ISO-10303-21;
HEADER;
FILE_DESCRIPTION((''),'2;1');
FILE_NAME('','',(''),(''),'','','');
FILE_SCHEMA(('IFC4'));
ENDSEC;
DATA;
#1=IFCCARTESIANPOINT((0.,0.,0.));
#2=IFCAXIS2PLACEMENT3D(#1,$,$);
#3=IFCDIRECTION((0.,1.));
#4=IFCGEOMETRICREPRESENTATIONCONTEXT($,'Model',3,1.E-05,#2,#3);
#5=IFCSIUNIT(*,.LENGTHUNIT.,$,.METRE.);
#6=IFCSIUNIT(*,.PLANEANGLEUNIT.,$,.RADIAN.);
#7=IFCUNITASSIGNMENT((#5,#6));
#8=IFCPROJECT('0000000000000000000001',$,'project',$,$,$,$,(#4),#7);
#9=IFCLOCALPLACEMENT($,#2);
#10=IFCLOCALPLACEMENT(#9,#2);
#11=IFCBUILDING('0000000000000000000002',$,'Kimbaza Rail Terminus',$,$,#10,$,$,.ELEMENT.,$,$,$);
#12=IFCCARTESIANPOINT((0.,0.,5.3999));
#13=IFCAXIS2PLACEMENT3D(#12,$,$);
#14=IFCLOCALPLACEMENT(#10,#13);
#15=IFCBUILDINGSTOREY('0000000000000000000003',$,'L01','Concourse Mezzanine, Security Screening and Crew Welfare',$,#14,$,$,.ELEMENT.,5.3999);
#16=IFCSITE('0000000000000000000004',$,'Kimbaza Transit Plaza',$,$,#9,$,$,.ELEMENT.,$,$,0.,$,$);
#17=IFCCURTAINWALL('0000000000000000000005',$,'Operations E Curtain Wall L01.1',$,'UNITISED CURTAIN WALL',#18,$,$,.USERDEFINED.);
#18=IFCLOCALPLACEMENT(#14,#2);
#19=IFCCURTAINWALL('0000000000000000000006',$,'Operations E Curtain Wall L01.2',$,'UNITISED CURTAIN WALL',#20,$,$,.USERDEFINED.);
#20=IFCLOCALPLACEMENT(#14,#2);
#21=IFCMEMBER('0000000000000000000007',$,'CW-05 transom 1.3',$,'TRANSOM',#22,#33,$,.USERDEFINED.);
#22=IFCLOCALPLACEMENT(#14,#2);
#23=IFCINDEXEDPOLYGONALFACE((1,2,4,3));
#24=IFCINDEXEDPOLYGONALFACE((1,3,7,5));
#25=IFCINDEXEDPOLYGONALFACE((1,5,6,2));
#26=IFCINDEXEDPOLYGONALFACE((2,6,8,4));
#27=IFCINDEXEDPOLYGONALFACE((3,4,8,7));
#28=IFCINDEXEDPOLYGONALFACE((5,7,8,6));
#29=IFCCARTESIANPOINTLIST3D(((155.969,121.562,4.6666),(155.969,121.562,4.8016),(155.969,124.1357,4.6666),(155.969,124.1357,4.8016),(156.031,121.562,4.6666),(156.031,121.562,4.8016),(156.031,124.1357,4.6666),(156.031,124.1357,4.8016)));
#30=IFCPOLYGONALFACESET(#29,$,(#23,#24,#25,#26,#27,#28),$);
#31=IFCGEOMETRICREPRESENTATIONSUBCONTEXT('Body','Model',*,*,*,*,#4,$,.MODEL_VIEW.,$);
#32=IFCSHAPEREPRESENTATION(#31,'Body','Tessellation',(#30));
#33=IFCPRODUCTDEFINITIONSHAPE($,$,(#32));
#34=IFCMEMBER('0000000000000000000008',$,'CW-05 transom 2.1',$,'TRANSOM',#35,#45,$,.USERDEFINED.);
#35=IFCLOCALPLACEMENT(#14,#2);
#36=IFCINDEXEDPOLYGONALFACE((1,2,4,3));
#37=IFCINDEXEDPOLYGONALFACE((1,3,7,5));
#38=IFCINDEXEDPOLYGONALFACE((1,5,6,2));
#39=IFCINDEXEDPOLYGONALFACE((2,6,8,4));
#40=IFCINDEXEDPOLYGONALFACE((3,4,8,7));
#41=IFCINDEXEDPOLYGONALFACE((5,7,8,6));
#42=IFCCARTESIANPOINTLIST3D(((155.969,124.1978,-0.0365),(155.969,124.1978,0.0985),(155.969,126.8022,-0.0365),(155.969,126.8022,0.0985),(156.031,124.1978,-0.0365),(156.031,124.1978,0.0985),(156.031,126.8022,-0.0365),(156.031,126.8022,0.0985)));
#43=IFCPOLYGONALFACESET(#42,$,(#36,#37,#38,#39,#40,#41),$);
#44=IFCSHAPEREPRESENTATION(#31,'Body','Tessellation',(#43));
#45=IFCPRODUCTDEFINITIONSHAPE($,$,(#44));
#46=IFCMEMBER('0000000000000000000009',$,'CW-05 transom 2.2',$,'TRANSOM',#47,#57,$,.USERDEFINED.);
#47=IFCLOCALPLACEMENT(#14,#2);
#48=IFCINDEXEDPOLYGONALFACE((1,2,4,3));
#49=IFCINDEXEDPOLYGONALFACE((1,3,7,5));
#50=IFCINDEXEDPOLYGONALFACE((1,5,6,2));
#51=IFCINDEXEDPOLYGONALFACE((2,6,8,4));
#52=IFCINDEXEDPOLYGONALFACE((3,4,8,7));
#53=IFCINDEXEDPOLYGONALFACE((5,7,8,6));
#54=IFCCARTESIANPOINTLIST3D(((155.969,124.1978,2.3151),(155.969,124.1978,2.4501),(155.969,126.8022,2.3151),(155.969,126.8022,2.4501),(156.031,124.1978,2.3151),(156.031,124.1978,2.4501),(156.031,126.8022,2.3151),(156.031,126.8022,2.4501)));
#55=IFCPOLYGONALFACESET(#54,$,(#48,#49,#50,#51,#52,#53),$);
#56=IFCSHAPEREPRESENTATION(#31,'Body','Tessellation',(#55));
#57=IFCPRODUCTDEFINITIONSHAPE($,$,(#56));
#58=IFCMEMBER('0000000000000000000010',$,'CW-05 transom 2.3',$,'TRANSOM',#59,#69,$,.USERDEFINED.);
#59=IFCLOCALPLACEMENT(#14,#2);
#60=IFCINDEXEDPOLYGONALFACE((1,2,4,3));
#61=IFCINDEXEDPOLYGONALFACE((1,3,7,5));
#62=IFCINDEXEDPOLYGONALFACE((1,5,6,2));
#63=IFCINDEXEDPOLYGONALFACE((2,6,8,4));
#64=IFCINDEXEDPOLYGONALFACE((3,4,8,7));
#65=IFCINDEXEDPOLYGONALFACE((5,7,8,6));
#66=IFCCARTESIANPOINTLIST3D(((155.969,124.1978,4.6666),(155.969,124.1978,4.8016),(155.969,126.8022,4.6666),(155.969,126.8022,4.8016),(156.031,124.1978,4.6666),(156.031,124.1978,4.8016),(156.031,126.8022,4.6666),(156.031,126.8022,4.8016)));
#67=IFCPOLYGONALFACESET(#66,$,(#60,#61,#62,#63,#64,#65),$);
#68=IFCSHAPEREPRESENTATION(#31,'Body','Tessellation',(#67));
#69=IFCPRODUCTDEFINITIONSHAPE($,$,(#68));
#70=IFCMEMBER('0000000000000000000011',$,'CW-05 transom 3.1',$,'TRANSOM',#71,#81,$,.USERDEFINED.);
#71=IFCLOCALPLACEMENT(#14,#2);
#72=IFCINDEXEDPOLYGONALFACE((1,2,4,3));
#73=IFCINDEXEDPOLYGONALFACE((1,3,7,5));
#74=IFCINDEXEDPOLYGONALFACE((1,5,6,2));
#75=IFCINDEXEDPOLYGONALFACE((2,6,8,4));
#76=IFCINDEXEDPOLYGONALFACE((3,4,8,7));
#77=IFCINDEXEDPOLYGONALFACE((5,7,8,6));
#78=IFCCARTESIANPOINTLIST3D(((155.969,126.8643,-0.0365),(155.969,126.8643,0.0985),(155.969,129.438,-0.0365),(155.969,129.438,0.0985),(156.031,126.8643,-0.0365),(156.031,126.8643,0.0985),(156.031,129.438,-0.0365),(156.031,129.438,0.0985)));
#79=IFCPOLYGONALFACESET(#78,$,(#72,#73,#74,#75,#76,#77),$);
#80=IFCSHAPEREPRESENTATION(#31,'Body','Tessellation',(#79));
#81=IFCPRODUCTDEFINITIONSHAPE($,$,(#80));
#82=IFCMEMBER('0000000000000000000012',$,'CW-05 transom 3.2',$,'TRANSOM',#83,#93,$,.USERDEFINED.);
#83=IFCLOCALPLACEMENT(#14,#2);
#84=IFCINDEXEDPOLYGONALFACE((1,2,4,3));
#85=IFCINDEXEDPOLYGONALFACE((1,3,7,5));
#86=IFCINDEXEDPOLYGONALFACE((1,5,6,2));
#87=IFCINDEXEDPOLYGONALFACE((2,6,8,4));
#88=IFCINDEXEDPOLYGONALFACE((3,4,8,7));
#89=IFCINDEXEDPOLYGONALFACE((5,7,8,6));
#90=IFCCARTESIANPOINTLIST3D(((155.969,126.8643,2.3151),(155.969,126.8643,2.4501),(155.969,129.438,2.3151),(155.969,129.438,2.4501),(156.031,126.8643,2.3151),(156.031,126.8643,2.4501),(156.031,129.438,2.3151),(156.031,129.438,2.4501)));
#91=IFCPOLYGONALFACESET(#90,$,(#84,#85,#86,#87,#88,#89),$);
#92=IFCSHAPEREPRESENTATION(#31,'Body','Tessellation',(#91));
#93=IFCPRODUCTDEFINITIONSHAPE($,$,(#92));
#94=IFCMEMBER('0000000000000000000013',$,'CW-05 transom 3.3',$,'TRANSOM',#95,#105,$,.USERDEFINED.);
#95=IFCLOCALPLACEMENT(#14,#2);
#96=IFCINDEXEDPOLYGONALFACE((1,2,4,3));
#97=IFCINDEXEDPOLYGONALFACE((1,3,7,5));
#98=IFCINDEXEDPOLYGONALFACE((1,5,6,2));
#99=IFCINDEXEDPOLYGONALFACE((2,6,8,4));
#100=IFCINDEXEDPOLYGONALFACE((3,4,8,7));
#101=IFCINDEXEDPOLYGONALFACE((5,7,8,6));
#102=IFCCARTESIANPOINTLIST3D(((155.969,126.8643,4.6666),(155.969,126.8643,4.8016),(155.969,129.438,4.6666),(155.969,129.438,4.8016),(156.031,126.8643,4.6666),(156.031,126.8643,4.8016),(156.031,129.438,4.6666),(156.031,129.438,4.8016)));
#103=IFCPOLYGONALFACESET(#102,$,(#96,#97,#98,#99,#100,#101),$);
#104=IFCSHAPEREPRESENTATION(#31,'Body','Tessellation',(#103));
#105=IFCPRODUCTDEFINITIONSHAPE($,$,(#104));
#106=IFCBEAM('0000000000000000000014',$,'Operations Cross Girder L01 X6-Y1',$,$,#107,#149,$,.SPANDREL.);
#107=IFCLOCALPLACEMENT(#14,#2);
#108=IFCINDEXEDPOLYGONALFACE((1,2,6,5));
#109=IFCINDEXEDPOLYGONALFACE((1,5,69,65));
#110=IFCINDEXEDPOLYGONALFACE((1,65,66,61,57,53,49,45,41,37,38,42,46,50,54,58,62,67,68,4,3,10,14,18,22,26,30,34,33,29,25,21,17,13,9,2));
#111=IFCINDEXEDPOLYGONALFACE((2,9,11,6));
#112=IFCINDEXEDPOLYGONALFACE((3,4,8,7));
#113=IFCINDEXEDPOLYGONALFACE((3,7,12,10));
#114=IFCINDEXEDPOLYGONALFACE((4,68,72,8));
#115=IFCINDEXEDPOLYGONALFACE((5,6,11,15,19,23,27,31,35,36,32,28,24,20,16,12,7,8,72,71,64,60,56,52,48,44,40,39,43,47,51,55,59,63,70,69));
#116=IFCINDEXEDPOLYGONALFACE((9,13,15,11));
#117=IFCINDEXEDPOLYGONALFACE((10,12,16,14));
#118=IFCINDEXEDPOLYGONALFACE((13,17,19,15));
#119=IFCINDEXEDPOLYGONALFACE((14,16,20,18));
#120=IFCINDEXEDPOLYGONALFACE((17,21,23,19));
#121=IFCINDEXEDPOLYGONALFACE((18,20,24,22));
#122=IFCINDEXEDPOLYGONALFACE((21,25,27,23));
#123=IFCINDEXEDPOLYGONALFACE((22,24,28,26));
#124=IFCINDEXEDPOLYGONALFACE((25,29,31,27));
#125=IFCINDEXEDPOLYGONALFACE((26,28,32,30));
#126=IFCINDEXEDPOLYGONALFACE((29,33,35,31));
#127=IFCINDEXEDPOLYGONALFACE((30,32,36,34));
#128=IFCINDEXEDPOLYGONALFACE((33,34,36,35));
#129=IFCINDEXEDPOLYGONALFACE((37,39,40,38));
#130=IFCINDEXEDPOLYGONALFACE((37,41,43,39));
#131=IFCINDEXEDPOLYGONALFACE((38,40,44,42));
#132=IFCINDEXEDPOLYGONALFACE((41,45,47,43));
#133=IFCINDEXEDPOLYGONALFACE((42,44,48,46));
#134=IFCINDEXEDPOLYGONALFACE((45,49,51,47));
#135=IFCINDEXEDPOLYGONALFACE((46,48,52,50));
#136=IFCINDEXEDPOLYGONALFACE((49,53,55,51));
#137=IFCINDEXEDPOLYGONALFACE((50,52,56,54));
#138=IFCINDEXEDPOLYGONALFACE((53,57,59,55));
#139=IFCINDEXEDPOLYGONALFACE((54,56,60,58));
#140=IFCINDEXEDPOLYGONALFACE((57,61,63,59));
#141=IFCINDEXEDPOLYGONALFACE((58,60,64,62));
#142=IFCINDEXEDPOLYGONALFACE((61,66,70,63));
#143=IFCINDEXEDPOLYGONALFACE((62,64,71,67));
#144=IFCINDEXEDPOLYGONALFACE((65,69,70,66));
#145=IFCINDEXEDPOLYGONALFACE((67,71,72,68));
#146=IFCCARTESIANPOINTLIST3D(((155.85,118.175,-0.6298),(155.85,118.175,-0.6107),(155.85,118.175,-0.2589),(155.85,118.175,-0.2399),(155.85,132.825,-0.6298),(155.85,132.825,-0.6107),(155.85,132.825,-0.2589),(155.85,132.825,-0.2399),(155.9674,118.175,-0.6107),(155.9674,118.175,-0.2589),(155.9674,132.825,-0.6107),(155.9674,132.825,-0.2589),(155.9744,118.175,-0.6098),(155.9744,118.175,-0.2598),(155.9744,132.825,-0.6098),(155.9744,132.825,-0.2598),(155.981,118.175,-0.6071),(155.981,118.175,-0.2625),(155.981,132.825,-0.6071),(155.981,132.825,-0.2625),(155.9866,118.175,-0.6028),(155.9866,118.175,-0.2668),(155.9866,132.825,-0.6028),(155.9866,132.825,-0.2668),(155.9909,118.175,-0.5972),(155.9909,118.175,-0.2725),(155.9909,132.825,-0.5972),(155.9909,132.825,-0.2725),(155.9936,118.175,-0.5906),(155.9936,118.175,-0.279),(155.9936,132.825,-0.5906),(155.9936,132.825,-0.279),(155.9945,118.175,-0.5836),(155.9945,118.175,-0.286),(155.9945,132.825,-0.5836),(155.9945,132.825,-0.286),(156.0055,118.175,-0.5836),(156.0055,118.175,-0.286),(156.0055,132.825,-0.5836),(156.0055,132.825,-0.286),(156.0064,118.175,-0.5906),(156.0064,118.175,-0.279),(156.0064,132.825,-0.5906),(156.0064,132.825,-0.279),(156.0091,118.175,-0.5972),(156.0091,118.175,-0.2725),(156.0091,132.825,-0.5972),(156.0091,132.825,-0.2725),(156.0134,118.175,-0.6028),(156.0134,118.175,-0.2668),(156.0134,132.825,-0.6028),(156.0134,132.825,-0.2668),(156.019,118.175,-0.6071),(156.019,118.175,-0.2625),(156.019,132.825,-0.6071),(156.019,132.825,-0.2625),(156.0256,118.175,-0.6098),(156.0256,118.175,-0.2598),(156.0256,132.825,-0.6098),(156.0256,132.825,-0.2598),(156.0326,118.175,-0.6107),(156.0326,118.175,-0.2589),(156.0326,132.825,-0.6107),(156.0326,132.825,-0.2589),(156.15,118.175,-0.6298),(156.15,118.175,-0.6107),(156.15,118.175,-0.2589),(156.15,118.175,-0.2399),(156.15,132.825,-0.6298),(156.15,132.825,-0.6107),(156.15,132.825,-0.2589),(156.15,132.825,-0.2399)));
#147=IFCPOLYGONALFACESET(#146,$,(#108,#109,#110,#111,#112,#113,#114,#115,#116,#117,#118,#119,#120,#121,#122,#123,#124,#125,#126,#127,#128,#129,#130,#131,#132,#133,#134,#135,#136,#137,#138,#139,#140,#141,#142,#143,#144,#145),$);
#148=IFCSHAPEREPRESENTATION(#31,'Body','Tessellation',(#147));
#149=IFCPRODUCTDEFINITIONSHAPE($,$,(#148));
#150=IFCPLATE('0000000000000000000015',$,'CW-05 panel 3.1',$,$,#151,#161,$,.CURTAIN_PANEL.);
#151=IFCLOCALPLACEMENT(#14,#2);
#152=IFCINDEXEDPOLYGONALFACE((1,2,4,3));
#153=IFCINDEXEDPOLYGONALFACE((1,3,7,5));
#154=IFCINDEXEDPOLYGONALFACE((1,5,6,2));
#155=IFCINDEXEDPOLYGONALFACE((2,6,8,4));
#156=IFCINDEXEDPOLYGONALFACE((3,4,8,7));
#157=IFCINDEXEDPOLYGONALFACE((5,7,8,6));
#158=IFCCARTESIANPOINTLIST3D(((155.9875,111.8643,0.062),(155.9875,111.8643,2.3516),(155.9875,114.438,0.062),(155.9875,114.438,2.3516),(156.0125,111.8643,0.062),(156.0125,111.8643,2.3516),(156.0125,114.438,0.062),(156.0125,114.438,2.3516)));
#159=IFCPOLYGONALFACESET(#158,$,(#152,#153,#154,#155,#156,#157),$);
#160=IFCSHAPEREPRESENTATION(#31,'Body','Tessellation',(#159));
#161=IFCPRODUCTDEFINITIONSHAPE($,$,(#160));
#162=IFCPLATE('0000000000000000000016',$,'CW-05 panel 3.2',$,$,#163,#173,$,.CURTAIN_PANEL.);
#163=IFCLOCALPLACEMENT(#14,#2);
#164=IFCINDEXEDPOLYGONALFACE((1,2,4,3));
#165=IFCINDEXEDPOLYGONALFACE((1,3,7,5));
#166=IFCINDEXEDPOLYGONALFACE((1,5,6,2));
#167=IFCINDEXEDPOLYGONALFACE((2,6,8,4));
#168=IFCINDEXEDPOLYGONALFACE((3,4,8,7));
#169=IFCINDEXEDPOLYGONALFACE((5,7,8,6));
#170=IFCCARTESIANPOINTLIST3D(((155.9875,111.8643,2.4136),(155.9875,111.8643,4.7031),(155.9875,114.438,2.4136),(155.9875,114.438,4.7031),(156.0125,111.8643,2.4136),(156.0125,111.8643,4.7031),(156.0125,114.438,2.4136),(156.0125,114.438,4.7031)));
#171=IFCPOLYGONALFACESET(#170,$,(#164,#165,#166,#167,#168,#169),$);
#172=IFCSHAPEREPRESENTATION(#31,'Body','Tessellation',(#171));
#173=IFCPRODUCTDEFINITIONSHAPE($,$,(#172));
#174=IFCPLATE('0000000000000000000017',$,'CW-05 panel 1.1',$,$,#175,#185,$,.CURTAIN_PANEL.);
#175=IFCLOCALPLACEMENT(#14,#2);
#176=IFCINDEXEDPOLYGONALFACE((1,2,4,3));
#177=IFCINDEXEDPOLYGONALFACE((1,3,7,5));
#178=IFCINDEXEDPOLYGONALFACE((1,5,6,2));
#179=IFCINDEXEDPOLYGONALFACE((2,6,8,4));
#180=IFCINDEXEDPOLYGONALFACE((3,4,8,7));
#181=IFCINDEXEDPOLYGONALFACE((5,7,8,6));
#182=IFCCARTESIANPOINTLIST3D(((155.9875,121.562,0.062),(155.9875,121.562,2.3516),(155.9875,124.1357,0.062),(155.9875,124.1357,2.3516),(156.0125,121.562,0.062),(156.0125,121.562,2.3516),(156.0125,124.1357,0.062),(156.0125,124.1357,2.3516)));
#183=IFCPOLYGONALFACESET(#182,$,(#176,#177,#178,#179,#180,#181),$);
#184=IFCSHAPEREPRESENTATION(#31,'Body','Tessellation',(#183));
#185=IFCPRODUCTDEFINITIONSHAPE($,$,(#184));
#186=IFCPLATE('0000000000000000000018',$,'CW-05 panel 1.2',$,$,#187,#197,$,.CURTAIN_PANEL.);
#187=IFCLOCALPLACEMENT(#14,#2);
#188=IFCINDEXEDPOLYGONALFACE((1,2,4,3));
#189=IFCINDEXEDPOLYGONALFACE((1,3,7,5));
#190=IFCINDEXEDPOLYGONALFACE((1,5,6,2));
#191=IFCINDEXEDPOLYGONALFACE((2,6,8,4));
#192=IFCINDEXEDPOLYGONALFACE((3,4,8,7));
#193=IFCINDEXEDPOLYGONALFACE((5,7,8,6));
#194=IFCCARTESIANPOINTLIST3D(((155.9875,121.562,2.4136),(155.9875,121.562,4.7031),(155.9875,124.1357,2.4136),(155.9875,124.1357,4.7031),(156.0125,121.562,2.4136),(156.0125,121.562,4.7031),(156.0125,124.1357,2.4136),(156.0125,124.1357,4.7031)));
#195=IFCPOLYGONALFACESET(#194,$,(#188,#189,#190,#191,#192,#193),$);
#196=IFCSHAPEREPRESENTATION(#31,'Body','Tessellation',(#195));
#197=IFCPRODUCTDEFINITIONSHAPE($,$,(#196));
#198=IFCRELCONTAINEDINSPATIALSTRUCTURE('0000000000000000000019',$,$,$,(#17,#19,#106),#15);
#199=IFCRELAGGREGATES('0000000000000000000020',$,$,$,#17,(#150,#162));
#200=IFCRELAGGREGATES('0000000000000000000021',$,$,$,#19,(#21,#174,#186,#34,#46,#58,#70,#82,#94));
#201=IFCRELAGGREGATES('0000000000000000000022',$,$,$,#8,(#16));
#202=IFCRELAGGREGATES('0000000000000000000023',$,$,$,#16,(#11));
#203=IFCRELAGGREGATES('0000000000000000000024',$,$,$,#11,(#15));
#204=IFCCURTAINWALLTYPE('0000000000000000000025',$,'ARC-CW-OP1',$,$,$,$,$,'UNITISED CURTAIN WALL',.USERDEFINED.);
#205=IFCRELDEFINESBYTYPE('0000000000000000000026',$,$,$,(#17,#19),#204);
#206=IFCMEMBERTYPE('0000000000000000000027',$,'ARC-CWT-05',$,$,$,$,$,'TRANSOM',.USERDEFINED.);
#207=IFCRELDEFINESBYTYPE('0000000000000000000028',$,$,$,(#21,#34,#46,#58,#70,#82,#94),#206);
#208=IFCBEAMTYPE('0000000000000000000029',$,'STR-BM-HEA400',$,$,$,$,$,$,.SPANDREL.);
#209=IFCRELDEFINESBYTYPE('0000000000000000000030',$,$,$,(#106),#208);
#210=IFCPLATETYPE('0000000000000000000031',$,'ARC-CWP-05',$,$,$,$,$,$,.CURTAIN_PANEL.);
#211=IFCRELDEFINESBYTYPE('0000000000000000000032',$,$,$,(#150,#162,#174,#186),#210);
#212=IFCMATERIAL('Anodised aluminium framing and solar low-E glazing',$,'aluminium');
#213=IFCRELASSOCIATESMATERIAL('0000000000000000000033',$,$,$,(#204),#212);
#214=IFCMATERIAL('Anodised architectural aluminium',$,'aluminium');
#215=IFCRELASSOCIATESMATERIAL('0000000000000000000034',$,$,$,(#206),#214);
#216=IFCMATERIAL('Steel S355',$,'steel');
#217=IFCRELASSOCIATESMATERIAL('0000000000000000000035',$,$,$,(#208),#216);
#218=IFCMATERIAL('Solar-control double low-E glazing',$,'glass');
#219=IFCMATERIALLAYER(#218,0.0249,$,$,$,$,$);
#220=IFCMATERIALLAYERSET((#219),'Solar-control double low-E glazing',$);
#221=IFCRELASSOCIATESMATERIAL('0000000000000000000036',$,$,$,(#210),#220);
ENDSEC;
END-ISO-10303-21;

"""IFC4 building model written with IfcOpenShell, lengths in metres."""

from ifc_helpers import new_model, si_unit, direction, frame, origin, origin_2d, place, context, subcontext, project, spatial, rectangle, i_section, extrude, material, layer, layer_set, material_profile, profile_set, type_object, element, aggregate, save


model = new_model("IFC4")

# Units and contexts
model_context = context("Model", 3, precision=1e-05, world=origin(), true_north=direction((0.0, 1.0)))
body_context = subcontext(model_context, "Body", "Model", "MODEL_VIEW")
ifc_project = project(units=[si_unit("LENGTHUNIT", "METRE"), si_unit("PLANEANGLEUNIT", "RADIAN")], contexts=[model_context])

# Site, building, storey
site_placement = place(None, origin())
site = spatial("IfcSite", under=ifc_project, at=site_placement, Name="Kimbaza Transit Plaza", CompositionType="ELEMENT", RefElevation=0.0)
building_placement = place(site_placement, origin())
building = spatial("IfcBuilding", under=site, at=building_placement, Name="Kimbaza Rail Terminus", CompositionType="ELEMENT")
storey_placement = place(building_placement, frame((0.0, 0.0, 5.3999)))
storey = spatial("IfcBuildingStorey", under=building, at=storey_placement, Name="L01", Description="Concourse Mezzanine, Security Screening and Crew Welfare", CompositionType="ELEMENT", Elevation=5.3999)

# Curtain wall
ifc_material_1 = material(Name="Anodised aluminium framing and solar low-E glazing", Category="aluminium")
curtain_wall_type = type_object("IfcCurtainWallType", Name="ARC-CW-OP1", ElementType="UNITISED CURTAIN WALL", PredefinedType="USERDEFINED", material=ifc_material_1)
curtain_wall_1_placement = place(storey_placement, origin())
curtain_wall_1 = element("IfcCurtainWall", 1, at=curtain_wall_1_placement, inside=storey, type_object=curtain_wall_type, Name="Operations E Curtain Wall L01.1", ObjectType="UNITISED CURTAIN WALL", PredefinedType="USERDEFINED")

# Curtain wall, members
curtain_wall_2_placement = place(storey_placement, origin())
curtain_wall_2 = element("IfcCurtainWall", 2, at=curtain_wall_2_placement, inside=storey, type_object=curtain_wall_type, Name="Operations E Curtain Wall L01.2", ObjectType="UNITISED CURTAIN WALL", PredefinedType="USERDEFINED")
ifc_material_2 = material(Name="Anodised architectural aluminium", Category="aluminium")
ifc_material_profile_1 = material_profile(ifc_material_2, rectangle(XDim=0.062, YDim=0.135, at=origin_2d()), Name="TRANSOM 62x135")
ifc_profile_set_1 = profile_set([ifc_material_profile_1], Name="Anodised architectural aluminium")
member_type_1 = type_object("IfcMemberType", Name="ARC-CWT-05", ElementType="TRANSOM", PredefinedType="USERDEFINED", material=ifc_profile_set_1)
member_1_placement = place(storey_placement, frame((156.0, 121.562, 4.7341), z_axis=(0.0, 1.0, 0.0), x_axis=(-1.0, 0.0, 0.0)))
member_1 = element("IfcMember", 3, at=member_1_placement, type_object=member_type_1, Name="CW-05 transom 1.3", ObjectType="TRANSOM", PredefinedType="USERDEFINED", context=body_context, shape_type="SweptSolid", body=[
    extrude(rectangle(XDim=0.062, YDim=0.135, at=origin_2d()), origin(), (0.0, 0.0, 1.0), 2.5737),
])
member_2_placement = place(storey_placement, frame((156.0, 124.1978, 0.031), z_axis=(0.0, 1.0, 0.0), x_axis=(-1.0, 0.0, 0.0)))
member_2 = element("IfcMember", 4, at=member_2_placement, type_object=member_type_1, Name="CW-05 transom 2.1", ObjectType="TRANSOM", PredefinedType="USERDEFINED", context=body_context, shape_type="SweptSolid", body=[
    extrude(rectangle(XDim=0.062, YDim=0.135, at=origin_2d()), origin(), (0.0, 0.0, 1.0), 2.6045),
])
member_3_placement = place(storey_placement, frame((156.0, 124.1978, 2.3826), z_axis=(0.0, 1.0, 0.0), x_axis=(-1.0, 0.0, 0.0)))
member_3 = element("IfcMember", 5, at=member_3_placement, type_object=member_type_1, Name="CW-05 transom 2.2", ObjectType="TRANSOM", PredefinedType="USERDEFINED", context=body_context, shape_type="SweptSolid", body=[
    extrude(rectangle(XDim=0.062, YDim=0.135, at=origin_2d()), origin(), (0.0, 0.0, 1.0), 2.6045),
])
member_4_placement = place(storey_placement, frame((156.0, 124.1978, 4.7341), z_axis=(0.0, 1.0, 0.0), x_axis=(-1.0, 0.0, 0.0)))
member_4 = element("IfcMember", 6, at=member_4_placement, type_object=member_type_1, Name="CW-05 transom 2.3", ObjectType="TRANSOM", PredefinedType="USERDEFINED", context=body_context, shape_type="SweptSolid", body=[
    extrude(rectangle(XDim=0.062, YDim=0.135, at=origin_2d()), origin(), (0.0, 0.0, 1.0), 2.6045),
])
member_5_placement = place(storey_placement, frame((156.0, 126.8643, 0.031), z_axis=(0.0, 1.0, 0.0), x_axis=(-1.0, 0.0, 0.0)))
member_5 = element("IfcMember", 7, at=member_5_placement, type_object=member_type_1, Name="CW-05 transom 3.1", ObjectType="TRANSOM", PredefinedType="USERDEFINED", context=body_context, shape_type="SweptSolid", body=[
    extrude(rectangle(XDim=0.062, YDim=0.135, at=origin_2d()), origin(), (0.0, 0.0, 1.0), 2.5737),
])
member_6_placement = place(storey_placement, frame((156.0, 126.8643, 2.3826), z_axis=(0.0, 1.0, 0.0), x_axis=(-1.0, 0.0, 0.0)))
member_6 = element("IfcMember", 8, at=member_6_placement, type_object=member_type_1, Name="CW-05 transom 3.2", ObjectType="TRANSOM", PredefinedType="USERDEFINED", context=body_context, shape_type="SweptSolid", body=[
    extrude(rectangle(XDim=0.062, YDim=0.135, at=origin_2d()), origin(), (0.0, 0.0, 1.0), 2.5737),
])
member_7_placement = place(storey_placement, frame((156.0, 126.8643, 4.7341), z_axis=(0.0, 1.0, 0.0), x_axis=(-1.0, 0.0, 0.0)))
member_7 = element("IfcMember", 9, at=member_7_placement, type_object=member_type_1, Name="CW-05 transom 3.3", ObjectType="TRANSOM", PredefinedType="USERDEFINED", context=body_context, shape_type="SweptSolid", body=[
    extrude(rectangle(XDim=0.062, YDim=0.135, at=origin_2d()), origin(), (0.0, 0.0, 1.0), 2.5737),
])

# Beam
ifc_material_3 = material(Name="Steel S355", Category="steel")
ifc_material_profile_2 = material_profile(ifc_material_3, i_section(OverallWidth=0.3, OverallDepth=0.3899, WebThickness=0.011, FlangeThickness=0.019, FilletRadius=0.0271, at=origin_2d()), Name="HEA 400")
ifc_profile_set_2 = profile_set([ifc_material_profile_2], Name="Steel S355")
beam_type = type_object("IfcBeamType", Name="STR-BM-HEA400", PredefinedType="SPANDREL", material=ifc_profile_set_2)
beam_placement = place(storey_placement, frame((156.0, 118.175, -0.4348), z_axis=(0.0, 1.0, 0.0), x_axis=(-1.0, 0.0, 0.0)))
element("IfcBeam", 10, at=beam_placement, inside=storey, type_object=beam_type, Name="Operations Cross Girder L01 X6-Y1", PredefinedType="SPANDREL", context=body_context, shape_type="SweptSolid", body=[
    extrude(i_section(OverallWidth=0.3, OverallDepth=0.3899, WebThickness=0.011, FlangeThickness=0.019, FilletRadius=0.0271, at=origin_2d()), origin(), (0.0, 0.0, 1.0), 14.6499),
])

# Plates
ifc_material_4 = material(Name="Solar-control double low-E glazing", Category="glass")
ifc_layer_1 = layer(ifc_material_4, 0.0249)
ifc_layer_set_1 = layer_set([ifc_layer_1], Name="Solar-control double low-E glazing")
plate_type = type_object("IfcPlateType", Name="ARC-CWP-05", PredefinedType="CURTAIN_PANEL", material=ifc_layer_set_1)
plate_1_placement = place(storey_placement, frame((156.0, 113.1511, 0.062), z_axis=(0.0, 0.0, 1.0), x_axis=(0.0, 1.0, 0.0)))
plate_1 = element("IfcPlate", 11, at=plate_1_placement, type_object=plate_type, Name="CW-05 panel 3.1", PredefinedType="CURTAIN_PANEL", context=body_context, shape_type="SweptSolid", body=[
    extrude(rectangle(XDim=2.5737, YDim=0.0249, at=origin_2d()), origin(), (0.0, 0.0, 1.0), 2.2896),
])
plate_2_placement = place(storey_placement, frame((156.0, 113.1511, 2.4136), z_axis=(0.0, 0.0, 1.0), x_axis=(0.0, 1.0, 0.0)))
plate_2 = element("IfcPlate", 12, at=plate_2_placement, type_object=plate_type, Name="CW-05 panel 3.2", PredefinedType="CURTAIN_PANEL", context=body_context, shape_type="SweptSolid", body=[
    extrude(rectangle(XDim=2.5737, YDim=0.0249, at=origin_2d()), origin(), (0.0, 0.0, 1.0), 2.2896),
])
aggregate(curtain_wall_1, [plate_1, plate_2])
plate_3_placement = place(storey_placement, frame((156.0, 122.8489, 0.062), z_axis=(0.0, 0.0, 1.0), x_axis=(0.0, 1.0, 0.0)))
plate_3 = element("IfcPlate", 13, at=plate_3_placement, type_object=plate_type, Name="CW-05 panel 1.1", PredefinedType="CURTAIN_PANEL", context=body_context, shape_type="SweptSolid", body=[
    extrude(rectangle(XDim=2.5737, YDim=0.0249, at=origin_2d()), origin(), (0.0, 0.0, 1.0), 2.2896),
])
plate_4_placement = place(storey_placement, frame((156.0, 122.8489, 2.4136), z_axis=(0.0, 0.0, 1.0), x_axis=(0.0, 1.0, 0.0)))
plate_4 = element("IfcPlate", 14, at=plate_4_placement, type_object=plate_type, Name="CW-05 panel 1.2", PredefinedType="CURTAIN_PANEL", context=body_context, shape_type="SweptSolid", body=[
    extrude(rectangle(XDim=2.5737, YDim=0.0249, at=origin_2d()), origin(), (0.0, 0.0, 1.0), 2.2896),
])
aggregate(curtain_wall_2, [member_1, plate_3, plate_4, member_2, member_3, member_4, member_5, member_6, member_7])

save(model, "model.ifc")
